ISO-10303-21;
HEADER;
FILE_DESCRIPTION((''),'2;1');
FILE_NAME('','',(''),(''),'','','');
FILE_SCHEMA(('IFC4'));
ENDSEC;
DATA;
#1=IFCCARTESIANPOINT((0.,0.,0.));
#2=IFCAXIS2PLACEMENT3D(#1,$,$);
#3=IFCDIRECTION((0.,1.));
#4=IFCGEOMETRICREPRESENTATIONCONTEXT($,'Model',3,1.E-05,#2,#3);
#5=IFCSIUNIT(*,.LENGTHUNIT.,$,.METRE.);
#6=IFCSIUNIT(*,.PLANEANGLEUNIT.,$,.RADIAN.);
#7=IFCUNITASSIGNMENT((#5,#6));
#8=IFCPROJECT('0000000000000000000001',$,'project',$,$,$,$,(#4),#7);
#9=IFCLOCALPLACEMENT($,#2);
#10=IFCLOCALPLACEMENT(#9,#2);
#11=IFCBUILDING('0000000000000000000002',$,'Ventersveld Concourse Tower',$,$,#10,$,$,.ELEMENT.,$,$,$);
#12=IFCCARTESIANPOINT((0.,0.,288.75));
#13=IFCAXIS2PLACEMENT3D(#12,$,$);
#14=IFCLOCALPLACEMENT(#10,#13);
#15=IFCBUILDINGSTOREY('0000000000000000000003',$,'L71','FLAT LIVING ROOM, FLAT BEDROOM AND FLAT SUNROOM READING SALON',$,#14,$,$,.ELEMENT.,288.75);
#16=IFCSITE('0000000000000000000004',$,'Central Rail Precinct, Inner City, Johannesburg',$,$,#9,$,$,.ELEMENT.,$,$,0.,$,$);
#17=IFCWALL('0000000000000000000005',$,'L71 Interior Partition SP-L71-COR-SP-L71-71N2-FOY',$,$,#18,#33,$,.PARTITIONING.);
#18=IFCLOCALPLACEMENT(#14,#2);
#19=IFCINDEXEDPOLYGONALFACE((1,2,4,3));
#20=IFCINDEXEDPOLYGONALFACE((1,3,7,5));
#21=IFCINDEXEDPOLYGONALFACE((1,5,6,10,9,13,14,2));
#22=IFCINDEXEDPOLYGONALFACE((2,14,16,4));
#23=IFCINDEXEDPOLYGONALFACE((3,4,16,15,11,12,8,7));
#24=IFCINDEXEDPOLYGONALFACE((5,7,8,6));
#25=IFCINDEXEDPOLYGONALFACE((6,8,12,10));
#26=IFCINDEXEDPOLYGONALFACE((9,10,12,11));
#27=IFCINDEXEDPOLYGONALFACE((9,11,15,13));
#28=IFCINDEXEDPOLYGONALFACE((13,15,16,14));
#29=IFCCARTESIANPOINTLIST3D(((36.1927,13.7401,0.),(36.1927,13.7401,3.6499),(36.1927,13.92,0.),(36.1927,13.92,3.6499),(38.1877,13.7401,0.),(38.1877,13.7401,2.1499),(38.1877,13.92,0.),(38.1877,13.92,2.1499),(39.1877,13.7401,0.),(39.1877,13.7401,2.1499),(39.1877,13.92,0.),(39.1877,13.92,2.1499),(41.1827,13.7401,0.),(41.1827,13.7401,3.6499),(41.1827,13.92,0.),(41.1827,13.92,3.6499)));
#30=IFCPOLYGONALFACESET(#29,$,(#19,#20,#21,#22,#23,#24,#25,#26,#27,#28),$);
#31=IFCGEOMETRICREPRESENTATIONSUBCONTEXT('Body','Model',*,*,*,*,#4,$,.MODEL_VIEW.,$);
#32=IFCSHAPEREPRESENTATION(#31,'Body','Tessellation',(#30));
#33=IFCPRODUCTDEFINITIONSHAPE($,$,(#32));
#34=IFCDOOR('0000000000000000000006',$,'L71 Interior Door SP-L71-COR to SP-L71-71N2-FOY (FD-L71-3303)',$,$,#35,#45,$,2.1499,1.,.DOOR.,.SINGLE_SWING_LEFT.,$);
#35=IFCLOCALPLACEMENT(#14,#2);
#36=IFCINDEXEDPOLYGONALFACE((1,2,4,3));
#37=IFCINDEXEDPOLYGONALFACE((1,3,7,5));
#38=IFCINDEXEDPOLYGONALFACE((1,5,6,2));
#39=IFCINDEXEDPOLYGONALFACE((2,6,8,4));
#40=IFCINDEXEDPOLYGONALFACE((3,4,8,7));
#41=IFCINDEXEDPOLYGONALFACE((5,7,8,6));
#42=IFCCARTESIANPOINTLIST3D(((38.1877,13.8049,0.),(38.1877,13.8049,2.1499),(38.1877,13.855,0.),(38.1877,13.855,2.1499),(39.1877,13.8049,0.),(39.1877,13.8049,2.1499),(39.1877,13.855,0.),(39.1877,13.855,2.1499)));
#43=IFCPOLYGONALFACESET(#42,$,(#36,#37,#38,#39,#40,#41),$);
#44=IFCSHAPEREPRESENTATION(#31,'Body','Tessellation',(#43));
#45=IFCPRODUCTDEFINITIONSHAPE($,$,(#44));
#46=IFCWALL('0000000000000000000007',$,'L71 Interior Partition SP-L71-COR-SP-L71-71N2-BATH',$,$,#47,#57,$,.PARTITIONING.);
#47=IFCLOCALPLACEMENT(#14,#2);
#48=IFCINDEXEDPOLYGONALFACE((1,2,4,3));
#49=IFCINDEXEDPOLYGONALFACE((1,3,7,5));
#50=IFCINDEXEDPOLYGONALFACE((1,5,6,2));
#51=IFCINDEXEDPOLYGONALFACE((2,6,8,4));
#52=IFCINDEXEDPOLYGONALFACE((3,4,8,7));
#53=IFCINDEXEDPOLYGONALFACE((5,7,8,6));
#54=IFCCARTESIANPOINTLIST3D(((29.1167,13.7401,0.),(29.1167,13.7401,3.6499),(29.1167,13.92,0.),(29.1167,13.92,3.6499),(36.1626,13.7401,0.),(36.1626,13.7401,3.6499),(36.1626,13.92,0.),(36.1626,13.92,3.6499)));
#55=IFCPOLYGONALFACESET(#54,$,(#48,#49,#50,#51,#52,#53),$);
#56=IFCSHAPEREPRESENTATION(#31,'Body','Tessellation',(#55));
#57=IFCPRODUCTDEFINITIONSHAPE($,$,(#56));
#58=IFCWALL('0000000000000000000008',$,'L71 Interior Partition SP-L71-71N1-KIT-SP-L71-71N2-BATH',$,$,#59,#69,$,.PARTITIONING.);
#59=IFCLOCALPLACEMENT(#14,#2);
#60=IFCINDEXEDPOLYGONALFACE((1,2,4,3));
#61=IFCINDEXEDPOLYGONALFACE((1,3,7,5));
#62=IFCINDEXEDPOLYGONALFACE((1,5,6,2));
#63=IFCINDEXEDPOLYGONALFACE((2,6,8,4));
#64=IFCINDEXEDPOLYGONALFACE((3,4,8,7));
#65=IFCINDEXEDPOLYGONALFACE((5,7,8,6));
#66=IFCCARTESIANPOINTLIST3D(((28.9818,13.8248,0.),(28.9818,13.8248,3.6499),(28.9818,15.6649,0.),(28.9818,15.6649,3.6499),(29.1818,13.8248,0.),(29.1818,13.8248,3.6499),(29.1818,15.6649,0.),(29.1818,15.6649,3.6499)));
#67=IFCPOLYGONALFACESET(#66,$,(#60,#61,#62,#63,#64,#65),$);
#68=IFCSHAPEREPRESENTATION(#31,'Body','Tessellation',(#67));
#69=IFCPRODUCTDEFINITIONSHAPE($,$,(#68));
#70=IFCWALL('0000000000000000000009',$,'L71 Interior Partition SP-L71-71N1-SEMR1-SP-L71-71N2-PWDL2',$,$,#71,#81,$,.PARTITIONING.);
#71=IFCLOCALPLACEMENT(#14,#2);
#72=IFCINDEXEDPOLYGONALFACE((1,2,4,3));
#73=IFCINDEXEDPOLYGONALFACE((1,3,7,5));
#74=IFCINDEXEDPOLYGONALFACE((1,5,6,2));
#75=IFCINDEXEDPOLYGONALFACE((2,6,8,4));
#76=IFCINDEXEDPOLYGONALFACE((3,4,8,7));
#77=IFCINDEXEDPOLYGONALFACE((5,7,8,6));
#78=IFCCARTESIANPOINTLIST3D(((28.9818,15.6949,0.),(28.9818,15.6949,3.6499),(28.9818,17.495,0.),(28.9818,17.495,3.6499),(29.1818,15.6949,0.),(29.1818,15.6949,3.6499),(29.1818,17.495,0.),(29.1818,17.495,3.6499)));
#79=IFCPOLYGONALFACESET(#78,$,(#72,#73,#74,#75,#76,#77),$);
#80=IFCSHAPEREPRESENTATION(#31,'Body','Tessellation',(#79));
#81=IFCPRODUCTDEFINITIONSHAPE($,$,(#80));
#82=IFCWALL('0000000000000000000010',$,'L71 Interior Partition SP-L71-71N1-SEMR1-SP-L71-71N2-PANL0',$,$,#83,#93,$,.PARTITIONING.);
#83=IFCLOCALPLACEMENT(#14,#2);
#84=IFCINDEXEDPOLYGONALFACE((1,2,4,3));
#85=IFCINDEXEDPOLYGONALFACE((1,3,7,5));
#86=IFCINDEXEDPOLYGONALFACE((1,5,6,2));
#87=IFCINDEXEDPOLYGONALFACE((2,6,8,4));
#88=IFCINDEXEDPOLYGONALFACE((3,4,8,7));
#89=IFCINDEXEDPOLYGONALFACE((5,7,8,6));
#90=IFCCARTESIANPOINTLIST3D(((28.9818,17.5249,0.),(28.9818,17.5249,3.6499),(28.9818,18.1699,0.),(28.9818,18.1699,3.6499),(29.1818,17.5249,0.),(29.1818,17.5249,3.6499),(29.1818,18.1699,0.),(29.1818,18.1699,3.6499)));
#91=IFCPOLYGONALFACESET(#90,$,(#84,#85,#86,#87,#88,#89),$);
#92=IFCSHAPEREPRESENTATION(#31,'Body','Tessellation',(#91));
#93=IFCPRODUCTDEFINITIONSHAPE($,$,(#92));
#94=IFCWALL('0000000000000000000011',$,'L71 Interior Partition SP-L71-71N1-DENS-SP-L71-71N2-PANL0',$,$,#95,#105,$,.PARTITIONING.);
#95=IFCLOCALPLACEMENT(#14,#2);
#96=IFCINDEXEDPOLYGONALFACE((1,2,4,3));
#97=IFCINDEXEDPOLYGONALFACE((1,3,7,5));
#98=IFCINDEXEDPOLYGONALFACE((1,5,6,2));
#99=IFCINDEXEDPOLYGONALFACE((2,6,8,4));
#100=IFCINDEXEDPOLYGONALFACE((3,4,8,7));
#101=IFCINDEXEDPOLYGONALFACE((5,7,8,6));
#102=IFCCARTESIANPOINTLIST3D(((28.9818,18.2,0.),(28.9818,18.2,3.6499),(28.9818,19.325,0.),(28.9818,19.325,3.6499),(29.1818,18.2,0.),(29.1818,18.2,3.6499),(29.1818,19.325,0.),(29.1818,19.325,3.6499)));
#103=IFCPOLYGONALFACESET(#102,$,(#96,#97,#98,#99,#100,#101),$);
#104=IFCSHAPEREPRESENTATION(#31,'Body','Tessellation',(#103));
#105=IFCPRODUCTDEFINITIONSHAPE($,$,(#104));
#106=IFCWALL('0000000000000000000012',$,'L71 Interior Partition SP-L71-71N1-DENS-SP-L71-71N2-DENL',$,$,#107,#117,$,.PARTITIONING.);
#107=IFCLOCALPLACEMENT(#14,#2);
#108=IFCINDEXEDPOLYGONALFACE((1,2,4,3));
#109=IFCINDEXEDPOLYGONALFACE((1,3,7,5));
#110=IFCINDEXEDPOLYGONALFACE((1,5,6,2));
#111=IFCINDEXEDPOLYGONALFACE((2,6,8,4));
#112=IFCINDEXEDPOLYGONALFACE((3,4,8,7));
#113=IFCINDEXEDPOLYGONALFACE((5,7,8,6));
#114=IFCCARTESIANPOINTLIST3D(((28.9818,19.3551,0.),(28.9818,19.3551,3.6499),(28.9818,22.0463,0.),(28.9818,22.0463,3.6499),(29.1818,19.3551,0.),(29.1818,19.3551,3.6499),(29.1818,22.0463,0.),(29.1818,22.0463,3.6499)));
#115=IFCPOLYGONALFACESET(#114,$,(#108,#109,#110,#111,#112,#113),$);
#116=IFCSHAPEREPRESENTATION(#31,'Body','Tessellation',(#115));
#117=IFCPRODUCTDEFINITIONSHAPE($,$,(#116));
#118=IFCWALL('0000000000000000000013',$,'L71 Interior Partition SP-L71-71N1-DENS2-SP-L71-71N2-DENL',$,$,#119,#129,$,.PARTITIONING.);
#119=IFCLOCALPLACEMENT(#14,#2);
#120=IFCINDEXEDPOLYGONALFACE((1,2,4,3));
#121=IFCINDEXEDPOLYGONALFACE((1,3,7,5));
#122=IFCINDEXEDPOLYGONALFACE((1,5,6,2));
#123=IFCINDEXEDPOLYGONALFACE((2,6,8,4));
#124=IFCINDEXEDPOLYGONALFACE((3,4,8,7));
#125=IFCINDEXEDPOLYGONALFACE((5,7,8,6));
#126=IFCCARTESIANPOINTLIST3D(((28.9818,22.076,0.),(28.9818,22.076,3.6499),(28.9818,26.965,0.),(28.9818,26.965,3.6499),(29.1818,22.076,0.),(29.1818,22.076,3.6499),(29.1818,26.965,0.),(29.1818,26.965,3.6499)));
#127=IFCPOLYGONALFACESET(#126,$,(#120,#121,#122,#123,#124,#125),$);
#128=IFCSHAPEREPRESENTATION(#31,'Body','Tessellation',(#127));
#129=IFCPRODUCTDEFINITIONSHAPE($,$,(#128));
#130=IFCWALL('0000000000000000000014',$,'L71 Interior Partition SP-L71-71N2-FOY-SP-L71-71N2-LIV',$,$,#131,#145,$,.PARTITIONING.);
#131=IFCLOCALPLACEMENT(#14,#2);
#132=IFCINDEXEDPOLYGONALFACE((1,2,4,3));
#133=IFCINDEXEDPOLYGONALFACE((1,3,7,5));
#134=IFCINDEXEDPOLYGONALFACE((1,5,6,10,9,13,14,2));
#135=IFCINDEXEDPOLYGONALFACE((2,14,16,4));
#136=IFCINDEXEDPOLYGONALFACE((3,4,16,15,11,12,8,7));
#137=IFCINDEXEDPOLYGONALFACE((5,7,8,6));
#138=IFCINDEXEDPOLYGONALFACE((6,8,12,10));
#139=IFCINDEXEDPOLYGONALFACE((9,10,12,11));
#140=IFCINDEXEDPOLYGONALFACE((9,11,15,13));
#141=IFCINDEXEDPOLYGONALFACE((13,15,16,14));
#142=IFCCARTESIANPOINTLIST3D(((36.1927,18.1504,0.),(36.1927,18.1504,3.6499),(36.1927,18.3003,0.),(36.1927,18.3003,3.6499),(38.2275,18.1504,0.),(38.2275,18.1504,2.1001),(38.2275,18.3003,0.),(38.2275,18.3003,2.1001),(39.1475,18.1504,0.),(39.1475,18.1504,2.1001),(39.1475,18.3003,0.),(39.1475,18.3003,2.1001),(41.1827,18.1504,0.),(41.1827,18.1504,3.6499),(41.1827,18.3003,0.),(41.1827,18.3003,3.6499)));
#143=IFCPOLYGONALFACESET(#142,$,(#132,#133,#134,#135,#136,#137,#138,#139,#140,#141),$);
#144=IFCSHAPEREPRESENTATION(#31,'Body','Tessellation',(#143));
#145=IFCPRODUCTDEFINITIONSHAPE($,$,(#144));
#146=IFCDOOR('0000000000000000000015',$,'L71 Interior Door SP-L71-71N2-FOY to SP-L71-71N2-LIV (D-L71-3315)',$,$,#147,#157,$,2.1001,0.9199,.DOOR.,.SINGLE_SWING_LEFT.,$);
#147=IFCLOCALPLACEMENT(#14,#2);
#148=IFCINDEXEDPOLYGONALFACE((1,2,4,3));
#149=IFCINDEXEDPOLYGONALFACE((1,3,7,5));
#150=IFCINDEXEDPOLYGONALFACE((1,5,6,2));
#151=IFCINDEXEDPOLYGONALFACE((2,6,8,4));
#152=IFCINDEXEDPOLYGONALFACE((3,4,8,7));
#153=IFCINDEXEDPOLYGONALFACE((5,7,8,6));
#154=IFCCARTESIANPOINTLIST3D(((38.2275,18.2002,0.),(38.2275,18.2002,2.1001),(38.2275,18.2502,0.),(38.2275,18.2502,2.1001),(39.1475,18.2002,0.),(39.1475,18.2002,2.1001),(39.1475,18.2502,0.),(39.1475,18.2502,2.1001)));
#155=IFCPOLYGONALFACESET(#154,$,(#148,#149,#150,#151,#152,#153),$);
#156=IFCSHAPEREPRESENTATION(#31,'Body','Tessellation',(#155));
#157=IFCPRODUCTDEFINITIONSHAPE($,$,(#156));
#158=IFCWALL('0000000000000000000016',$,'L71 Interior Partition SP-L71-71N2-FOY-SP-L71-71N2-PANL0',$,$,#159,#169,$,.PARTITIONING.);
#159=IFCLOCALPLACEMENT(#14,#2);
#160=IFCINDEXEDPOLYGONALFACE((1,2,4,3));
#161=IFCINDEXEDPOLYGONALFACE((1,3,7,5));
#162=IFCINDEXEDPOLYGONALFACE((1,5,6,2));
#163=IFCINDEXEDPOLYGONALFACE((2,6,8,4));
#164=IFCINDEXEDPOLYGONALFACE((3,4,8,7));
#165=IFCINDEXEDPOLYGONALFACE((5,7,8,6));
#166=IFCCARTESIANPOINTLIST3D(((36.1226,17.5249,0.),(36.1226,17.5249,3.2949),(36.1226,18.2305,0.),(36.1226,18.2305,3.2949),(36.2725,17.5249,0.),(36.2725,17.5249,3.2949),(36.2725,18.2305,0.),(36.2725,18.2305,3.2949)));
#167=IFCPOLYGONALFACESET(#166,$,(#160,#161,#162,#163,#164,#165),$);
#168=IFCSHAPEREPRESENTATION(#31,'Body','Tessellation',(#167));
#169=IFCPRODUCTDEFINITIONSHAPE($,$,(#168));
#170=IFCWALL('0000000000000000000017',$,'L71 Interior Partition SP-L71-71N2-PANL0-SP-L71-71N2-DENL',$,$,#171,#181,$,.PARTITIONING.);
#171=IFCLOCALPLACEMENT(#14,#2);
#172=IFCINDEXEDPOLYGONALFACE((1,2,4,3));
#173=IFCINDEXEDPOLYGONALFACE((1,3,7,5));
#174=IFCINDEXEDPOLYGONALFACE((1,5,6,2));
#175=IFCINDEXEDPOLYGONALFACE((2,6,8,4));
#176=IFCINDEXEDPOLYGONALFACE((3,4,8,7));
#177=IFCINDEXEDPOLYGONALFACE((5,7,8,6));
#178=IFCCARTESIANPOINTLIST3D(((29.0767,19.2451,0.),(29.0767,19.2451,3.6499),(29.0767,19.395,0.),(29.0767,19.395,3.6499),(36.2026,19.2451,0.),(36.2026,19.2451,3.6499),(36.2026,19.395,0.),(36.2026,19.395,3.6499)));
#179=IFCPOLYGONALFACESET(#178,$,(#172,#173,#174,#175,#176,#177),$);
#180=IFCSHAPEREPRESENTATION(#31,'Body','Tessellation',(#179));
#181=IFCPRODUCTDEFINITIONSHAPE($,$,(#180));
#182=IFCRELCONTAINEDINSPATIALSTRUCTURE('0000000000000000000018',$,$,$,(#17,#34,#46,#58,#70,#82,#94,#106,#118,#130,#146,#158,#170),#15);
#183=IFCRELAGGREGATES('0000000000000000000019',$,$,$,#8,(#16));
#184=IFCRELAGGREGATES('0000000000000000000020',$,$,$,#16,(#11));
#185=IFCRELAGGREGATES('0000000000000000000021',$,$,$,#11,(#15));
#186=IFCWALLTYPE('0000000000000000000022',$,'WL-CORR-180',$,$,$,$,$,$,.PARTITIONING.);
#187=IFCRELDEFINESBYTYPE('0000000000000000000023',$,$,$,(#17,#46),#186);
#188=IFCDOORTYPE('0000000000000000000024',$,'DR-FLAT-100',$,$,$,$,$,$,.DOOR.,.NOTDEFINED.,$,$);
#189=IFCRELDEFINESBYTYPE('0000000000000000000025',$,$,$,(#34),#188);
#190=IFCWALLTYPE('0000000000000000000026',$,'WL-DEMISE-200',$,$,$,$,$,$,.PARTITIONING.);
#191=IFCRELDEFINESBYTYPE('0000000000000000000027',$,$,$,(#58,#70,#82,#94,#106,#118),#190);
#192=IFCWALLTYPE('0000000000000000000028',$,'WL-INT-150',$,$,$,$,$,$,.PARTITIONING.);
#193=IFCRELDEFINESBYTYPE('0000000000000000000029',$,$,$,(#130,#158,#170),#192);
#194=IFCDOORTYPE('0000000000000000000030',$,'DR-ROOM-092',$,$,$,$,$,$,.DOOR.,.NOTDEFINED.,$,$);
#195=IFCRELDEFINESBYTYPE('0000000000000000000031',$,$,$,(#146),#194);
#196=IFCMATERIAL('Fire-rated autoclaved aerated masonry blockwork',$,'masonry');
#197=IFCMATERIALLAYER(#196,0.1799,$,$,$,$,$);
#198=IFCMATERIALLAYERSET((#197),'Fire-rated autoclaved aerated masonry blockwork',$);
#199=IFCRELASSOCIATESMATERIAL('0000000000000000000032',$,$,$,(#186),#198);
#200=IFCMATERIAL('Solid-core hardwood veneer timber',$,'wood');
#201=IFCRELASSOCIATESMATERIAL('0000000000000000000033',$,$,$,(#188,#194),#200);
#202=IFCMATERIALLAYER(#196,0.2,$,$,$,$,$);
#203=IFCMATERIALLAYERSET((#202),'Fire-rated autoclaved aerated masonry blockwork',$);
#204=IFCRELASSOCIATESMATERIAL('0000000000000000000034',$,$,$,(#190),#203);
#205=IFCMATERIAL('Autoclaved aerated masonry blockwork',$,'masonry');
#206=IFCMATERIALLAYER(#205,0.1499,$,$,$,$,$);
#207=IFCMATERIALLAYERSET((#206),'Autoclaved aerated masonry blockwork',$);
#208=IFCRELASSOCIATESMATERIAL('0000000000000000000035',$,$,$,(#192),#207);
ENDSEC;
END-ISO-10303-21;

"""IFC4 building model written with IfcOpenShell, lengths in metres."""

from ifc_helpers import new_model, si_unit, direction, frame, frame_2d, origin, place, context, subcontext, project, spatial, rectangle, extrude, material, layer, layer_set, type_object, element, fill, save


model = new_model("IFC4")

# Units and contexts
model_context = context("Model", 3, precision=1e-05, world=origin(), true_north=direction((0.0, 1.0)))
body_context = subcontext(model_context, "Body", "Model", "MODEL_VIEW")
ifc_project = project(units=[si_unit("LENGTHUNIT", "METRE"), si_unit("PLANEANGLEUNIT", "RADIAN")], contexts=[model_context])

# Site, building, storey
site_placement = place(None, origin())
site = spatial("IfcSite", under=ifc_project, at=site_placement, Name="Central Rail Precinct, Inner City, Johannesburg", CompositionType="ELEMENT", RefElevation=0.0)
building_placement = place(site_placement, origin())
building = spatial("IfcBuilding", under=site, at=building_placement, Name="Ventersveld Concourse Tower", CompositionType="ELEMENT")
storey_placement = place(building_placement, frame((0.0, 0.0, 288.75)))
storey = spatial("IfcBuildingStorey", under=building, at=storey_placement, Name="L71", Description="FLAT LIVING ROOM, FLAT BEDROOM AND FLAT SUNROOM READING SALON", CompositionType="ELEMENT", Elevation=288.75)

# Wall, opening, door
ifc_material_1 = material(Name="Fire-rated autoclaved aerated masonry blockwork", Category="masonry")
ifc_layer_1 = layer(ifc_material_1, 0.1799)
ifc_layer_set_1 = layer_set([ifc_layer_1], Name="Fire-rated autoclaved aerated masonry blockwork")
wall_type_1 = type_object("IfcWallType", Name="WL-CORR-180", PredefinedType="PARTITIONING", material=ifc_layer_set_1)
wall_1_placement = place(storey_placement, frame((36.1926, 13.8301, 0.0), z_axis=(0.0, 0.0, 1.0), x_axis=(1.0, 0.0, 0.0)))
wall_1 = element("IfcWall", 1, at=wall_1_placement, inside=storey, type_object=wall_type_1, Name="L71 Interior Partition SP-L71-COR-SP-L71-71N2-FOY", PredefinedType="PARTITIONING", context=body_context, shape_type="SweptSolid", body=[
    extrude(rectangle(XDim=4.99, YDim=0.1799, at=frame_2d((2.4951, 0.0))), origin(), (0.0, 0.0, 1.0), 3.6499),
])
opening_1_placement = place(wall_1_placement, frame((1.9951, 0.0, 0.0)))
opening_1 = element("IfcOpeningElement", 2, at=opening_1_placement, cuts=wall_1, PredefinedType="OPENING", context=body_context, shape_type="SweptSolid", body=[
    extrude(rectangle(XDim=1.0, YDim=2.1499, at=frame_2d((0.5, 1.075))), frame((0.0, 0.1001, 0.0), z_axis=(0.0, -1.0, 0.0), x_axis=(1.0, 0.0, 0.0)), (0.0, 0.0, 1.0), 0.2),
])
ifc_material_2 = material(Name="Solid-core hardwood veneer timber", Category="wood")
door_type_1 = type_object("IfcDoorType", Name="DR-FLAT-100", OperationType="NOTDEFINED", PredefinedType="DOOR", material=ifc_material_2)
door_1_placement = place(opening_1_placement, origin())
door_1 = element("IfcDoor", 3, at=door_1_placement, inside=storey, type_object=door_type_1, Name="L71 Interior Door SP-L71-COR to SP-L71-71N2-FOY (FD-L71-3303)", OperationType="SINGLE_SWING_LEFT", OverallHeight=2.1499, OverallWidth=1.0, PredefinedType="DOOR", context=body_context, shape_type="SweptSolid", body=[
    extrude(rectangle(XDim=1.0, YDim=2.1499, at=frame_2d((0.5, 1.075))), frame((0.0, 0.0249, 0.0), z_axis=(0.0, -1.0, 0.0), x_axis=(1.0, 0.0, 0.0)), (0.0, 0.0, 1.0), 0.05),
])
fill(opening_1, door_1)

# Walls
wall_2_placement = place(storey_placement, frame((29.1167, 13.8301, 0.0), z_axis=(0.0, 0.0, 1.0), x_axis=(1.0, 0.0, 0.0)))
element("IfcWall", 4, at=wall_2_placement, inside=storey, type_object=wall_type_1, Name="L71 Interior Partition SP-L71-COR-SP-L71-71N2-BATH", PredefinedType="PARTITIONING", context=body_context, shape_type="SweptSolid", body=[
    extrude(rectangle(XDim=7.0459, YDim=0.1799, at=frame_2d((3.5229, 0.0))), origin(), (0.0, 0.0, 1.0), 3.6499),
])
ifc_layer_2 = layer(ifc_material_1, 0.2)
ifc_layer_set_2 = layer_set([ifc_layer_2], Name="Fire-rated autoclaved aerated masonry blockwork")
wall_type_2 = type_object("IfcWallType", Name="WL-DEMISE-200", PredefinedType="PARTITIONING", material=ifc_layer_set_2)
wall_3_placement = place(storey_placement, frame((29.0818, 13.825, 0.0), z_axis=(0.0, 0.0, 1.0), x_axis=(0.0, 1.0, 0.0)))
element("IfcWall", 5, at=wall_3_placement, inside=storey, type_object=wall_type_2, Name="L71 Interior Partition SP-L71-71N1-KIT-SP-L71-71N2-BATH", PredefinedType="PARTITIONING", context=body_context, shape_type="SweptSolid", body=[
    extrude(rectangle(XDim=1.8401, YDim=0.2, at=frame_2d((0.9199, 0.0))), origin(), (0.0, 0.0, 1.0), 3.6499),
])
wall_4_placement = place(storey_placement, frame((29.0818, 15.6951, 0.0), z_axis=(0.0, 0.0, 1.0), x_axis=(0.0, 1.0, 0.0)))
element("IfcWall", 6, at=wall_4_placement, inside=storey, type_object=wall_type_2, Name="L71 Interior Partition SP-L71-71N1-SEMR1-SP-L71-71N2-PWDL2", PredefinedType="PARTITIONING", context=body_context, shape_type="SweptSolid", body=[
    extrude(rectangle(XDim=1.8, YDim=0.2, at=frame_2d((0.8999, 0.0))), origin(), (0.0, 0.0, 1.0), 3.6499),
])
wall_5_placement = place(storey_placement, frame((29.0818, 17.5249, 0.0), z_axis=(0.0, 0.0, 1.0), x_axis=(0.0, 1.0, 0.0)))
element("IfcWall", 7, at=wall_5_placement, inside=storey, type_object=wall_type_2, Name="L71 Interior Partition SP-L71-71N1-SEMR1-SP-L71-71N2-PANL0", PredefinedType="PARTITIONING", context=body_context, shape_type="SweptSolid", body=[
    extrude(rectangle(XDim=0.645, YDim=0.2, at=frame_2d((0.3225, 0.0))), origin(), (0.0, 0.0, 1.0), 3.6499),
])
wall_6_placement = place(storey_placement, frame((29.0818, 18.2, 0.0), z_axis=(0.0, 0.0, 1.0), x_axis=(0.0, 1.0, 0.0)))
element("IfcWall", 8, at=wall_6_placement, inside=storey, type_object=wall_type_2, Name="L71 Interior Partition SP-L71-71N1-DENS-SP-L71-71N2-PANL0", PredefinedType="PARTITIONING", context=body_context, shape_type="SweptSolid", body=[
    extrude(rectangle(XDim=1.125, YDim=0.2, at=frame_2d((0.5625, 0.0))), origin(), (0.0, 0.0, 1.0), 3.6499),
])
wall_7_placement = place(storey_placement, frame((29.0818, 19.355, 0.0), z_axis=(0.0, 0.0, 1.0), x_axis=(0.0, 1.0, 0.0)))
element("IfcWall", 9, at=wall_7_placement, inside=storey, type_object=wall_type_2, Name="L71 Interior Partition SP-L71-71N1-DENS-SP-L71-71N2-DENL", PredefinedType="PARTITIONING", context=body_context, shape_type="SweptSolid", body=[
    extrude(rectangle(XDim=2.6912, YDim=0.2, at=frame_2d((1.3457, 0.0))), origin(), (0.0, 0.0, 1.0), 3.6499),
])
wall_8_placement = place(storey_placement, frame((29.0818, 22.0762, 0.0), z_axis=(0.0, 0.0, 1.0), x_axis=(0.0, 1.0, 0.0)))
element("IfcWall", 10, at=wall_8_placement, inside=storey, type_object=wall_type_2, Name="L71 Interior Partition SP-L71-71N1-DENS2-SP-L71-71N2-DENL", PredefinedType="PARTITIONING", context=body_context, shape_type="SweptSolid", body=[
    extrude(rectangle(XDim=4.8889, YDim=0.2, at=frame_2d((2.4443, 0.0))), origin(), (0.0, 0.0, 1.0), 3.6499),
])

# Wall, opening, door
ifc_material_3 = material(Name="Autoclaved aerated masonry blockwork", Category="masonry")
ifc_layer_3 = layer(ifc_material_3, 0.1499)
ifc_layer_set_3 = layer_set([ifc_layer_3], Name="Autoclaved aerated masonry blockwork")
wall_type_3 = type_object("IfcWallType", Name="WL-INT-150", PredefinedType="PARTITIONING", material=ifc_layer_set_3)
wall_9_placement = place(storey_placement, frame((36.1926, 18.2253, 0.0), z_axis=(0.0, 0.0, 1.0), x_axis=(1.0, 0.0, 0.0)))
wall_9 = element("IfcWall", 11, at=wall_9_placement, inside=storey, type_object=wall_type_3, Name="L71 Interior Partition SP-L71-71N2-FOY-SP-L71-71N2-LIV", PredefinedType="PARTITIONING", context=body_context, shape_type="SweptSolid", body=[
    extrude(rectangle(XDim=4.99, YDim=0.1499, at=frame_2d((2.4951, 0.0))), origin(), (0.0, 0.0, 1.0), 3.6499),
])
opening_2_placement = place(wall_9_placement, frame((2.0349, 0.0, 0.0)))
opening_2 = element("IfcOpeningElement", 12, at=opening_2_placement, cuts=wall_9, PredefinedType="OPENING", context=body_context, shape_type="SweptSolid", body=[
    extrude(rectangle(XDim=0.9199, YDim=2.1001, at=frame_2d((0.46, 1.05))), frame((0.0, 0.085, 0.0), z_axis=(0.0, -1.0, 0.0), x_axis=(1.0, 0.0, 0.0)), (0.0, 0.0, 1.0), 0.1699),
])
door_type_2 = type_object("IfcDoorType", Name="DR-ROOM-092", OperationType="NOTDEFINED", PredefinedType="DOOR", material=ifc_material_2)
door_2_placement = place(opening_2_placement, origin())
door_2 = element("IfcDoor", 13, at=door_2_placement, inside=storey, type_object=door_type_2, Name="L71 Interior Door SP-L71-71N2-FOY to SP-L71-71N2-LIV (D-L71-3315)", OperationType="SINGLE_SWING_LEFT", OverallHeight=2.1001, OverallWidth=0.9199, PredefinedType="DOOR", context=body_context, shape_type="SweptSolid", body=[
    extrude(rectangle(XDim=0.9199, YDim=2.1001, at=frame_2d((0.46, 1.05))), frame((0.0, 0.0249, 0.0), z_axis=(0.0, -1.0, 0.0), x_axis=(1.0, 0.0, 0.0)), (0.0, 0.0, 1.0), 0.05),
])
fill(opening_2, door_2)

# Walls
wall_10_placement = place(storey_placement, frame((36.1975, 17.5249, 0.0), z_axis=(0.0, 0.0, 1.0), x_axis=(0.0, 1.0, 0.0)))
element("IfcWall", 14, at=wall_10_placement, inside=storey, type_object=wall_type_3, Name="L71 Interior Partition SP-L71-71N2-FOY-SP-L71-71N2-PANL0", PredefinedType="PARTITIONING", context=body_context, shape_type="SweptSolid", body=[
    extrude(rectangle(XDim=0.7056, YDim=0.1499, at=frame_2d((0.3528, 0.0))), origin(), (0.0, 0.0, 1.0), 3.2949),
])
wall_11_placement = place(storey_placement, frame((29.0767, 19.3201, 0.0), z_axis=(0.0, 0.0, 1.0), x_axis=(1.0, 0.0, 0.0)))
element("IfcWall", 15, at=wall_11_placement, inside=storey, type_object=wall_type_3, Name="L71 Interior Partition SP-L71-71N2-PANL0-SP-L71-71N2-DENL", PredefinedType="PARTITIONING", context=body_context, shape_type="SweptSolid", body=[
    extrude(rectangle(XDim=7.126, YDim=0.1499, at=frame_2d((3.563, 0.0))), origin(), (0.0, 0.0, 1.0), 3.6499),
])

save(model, "model.ifc")
